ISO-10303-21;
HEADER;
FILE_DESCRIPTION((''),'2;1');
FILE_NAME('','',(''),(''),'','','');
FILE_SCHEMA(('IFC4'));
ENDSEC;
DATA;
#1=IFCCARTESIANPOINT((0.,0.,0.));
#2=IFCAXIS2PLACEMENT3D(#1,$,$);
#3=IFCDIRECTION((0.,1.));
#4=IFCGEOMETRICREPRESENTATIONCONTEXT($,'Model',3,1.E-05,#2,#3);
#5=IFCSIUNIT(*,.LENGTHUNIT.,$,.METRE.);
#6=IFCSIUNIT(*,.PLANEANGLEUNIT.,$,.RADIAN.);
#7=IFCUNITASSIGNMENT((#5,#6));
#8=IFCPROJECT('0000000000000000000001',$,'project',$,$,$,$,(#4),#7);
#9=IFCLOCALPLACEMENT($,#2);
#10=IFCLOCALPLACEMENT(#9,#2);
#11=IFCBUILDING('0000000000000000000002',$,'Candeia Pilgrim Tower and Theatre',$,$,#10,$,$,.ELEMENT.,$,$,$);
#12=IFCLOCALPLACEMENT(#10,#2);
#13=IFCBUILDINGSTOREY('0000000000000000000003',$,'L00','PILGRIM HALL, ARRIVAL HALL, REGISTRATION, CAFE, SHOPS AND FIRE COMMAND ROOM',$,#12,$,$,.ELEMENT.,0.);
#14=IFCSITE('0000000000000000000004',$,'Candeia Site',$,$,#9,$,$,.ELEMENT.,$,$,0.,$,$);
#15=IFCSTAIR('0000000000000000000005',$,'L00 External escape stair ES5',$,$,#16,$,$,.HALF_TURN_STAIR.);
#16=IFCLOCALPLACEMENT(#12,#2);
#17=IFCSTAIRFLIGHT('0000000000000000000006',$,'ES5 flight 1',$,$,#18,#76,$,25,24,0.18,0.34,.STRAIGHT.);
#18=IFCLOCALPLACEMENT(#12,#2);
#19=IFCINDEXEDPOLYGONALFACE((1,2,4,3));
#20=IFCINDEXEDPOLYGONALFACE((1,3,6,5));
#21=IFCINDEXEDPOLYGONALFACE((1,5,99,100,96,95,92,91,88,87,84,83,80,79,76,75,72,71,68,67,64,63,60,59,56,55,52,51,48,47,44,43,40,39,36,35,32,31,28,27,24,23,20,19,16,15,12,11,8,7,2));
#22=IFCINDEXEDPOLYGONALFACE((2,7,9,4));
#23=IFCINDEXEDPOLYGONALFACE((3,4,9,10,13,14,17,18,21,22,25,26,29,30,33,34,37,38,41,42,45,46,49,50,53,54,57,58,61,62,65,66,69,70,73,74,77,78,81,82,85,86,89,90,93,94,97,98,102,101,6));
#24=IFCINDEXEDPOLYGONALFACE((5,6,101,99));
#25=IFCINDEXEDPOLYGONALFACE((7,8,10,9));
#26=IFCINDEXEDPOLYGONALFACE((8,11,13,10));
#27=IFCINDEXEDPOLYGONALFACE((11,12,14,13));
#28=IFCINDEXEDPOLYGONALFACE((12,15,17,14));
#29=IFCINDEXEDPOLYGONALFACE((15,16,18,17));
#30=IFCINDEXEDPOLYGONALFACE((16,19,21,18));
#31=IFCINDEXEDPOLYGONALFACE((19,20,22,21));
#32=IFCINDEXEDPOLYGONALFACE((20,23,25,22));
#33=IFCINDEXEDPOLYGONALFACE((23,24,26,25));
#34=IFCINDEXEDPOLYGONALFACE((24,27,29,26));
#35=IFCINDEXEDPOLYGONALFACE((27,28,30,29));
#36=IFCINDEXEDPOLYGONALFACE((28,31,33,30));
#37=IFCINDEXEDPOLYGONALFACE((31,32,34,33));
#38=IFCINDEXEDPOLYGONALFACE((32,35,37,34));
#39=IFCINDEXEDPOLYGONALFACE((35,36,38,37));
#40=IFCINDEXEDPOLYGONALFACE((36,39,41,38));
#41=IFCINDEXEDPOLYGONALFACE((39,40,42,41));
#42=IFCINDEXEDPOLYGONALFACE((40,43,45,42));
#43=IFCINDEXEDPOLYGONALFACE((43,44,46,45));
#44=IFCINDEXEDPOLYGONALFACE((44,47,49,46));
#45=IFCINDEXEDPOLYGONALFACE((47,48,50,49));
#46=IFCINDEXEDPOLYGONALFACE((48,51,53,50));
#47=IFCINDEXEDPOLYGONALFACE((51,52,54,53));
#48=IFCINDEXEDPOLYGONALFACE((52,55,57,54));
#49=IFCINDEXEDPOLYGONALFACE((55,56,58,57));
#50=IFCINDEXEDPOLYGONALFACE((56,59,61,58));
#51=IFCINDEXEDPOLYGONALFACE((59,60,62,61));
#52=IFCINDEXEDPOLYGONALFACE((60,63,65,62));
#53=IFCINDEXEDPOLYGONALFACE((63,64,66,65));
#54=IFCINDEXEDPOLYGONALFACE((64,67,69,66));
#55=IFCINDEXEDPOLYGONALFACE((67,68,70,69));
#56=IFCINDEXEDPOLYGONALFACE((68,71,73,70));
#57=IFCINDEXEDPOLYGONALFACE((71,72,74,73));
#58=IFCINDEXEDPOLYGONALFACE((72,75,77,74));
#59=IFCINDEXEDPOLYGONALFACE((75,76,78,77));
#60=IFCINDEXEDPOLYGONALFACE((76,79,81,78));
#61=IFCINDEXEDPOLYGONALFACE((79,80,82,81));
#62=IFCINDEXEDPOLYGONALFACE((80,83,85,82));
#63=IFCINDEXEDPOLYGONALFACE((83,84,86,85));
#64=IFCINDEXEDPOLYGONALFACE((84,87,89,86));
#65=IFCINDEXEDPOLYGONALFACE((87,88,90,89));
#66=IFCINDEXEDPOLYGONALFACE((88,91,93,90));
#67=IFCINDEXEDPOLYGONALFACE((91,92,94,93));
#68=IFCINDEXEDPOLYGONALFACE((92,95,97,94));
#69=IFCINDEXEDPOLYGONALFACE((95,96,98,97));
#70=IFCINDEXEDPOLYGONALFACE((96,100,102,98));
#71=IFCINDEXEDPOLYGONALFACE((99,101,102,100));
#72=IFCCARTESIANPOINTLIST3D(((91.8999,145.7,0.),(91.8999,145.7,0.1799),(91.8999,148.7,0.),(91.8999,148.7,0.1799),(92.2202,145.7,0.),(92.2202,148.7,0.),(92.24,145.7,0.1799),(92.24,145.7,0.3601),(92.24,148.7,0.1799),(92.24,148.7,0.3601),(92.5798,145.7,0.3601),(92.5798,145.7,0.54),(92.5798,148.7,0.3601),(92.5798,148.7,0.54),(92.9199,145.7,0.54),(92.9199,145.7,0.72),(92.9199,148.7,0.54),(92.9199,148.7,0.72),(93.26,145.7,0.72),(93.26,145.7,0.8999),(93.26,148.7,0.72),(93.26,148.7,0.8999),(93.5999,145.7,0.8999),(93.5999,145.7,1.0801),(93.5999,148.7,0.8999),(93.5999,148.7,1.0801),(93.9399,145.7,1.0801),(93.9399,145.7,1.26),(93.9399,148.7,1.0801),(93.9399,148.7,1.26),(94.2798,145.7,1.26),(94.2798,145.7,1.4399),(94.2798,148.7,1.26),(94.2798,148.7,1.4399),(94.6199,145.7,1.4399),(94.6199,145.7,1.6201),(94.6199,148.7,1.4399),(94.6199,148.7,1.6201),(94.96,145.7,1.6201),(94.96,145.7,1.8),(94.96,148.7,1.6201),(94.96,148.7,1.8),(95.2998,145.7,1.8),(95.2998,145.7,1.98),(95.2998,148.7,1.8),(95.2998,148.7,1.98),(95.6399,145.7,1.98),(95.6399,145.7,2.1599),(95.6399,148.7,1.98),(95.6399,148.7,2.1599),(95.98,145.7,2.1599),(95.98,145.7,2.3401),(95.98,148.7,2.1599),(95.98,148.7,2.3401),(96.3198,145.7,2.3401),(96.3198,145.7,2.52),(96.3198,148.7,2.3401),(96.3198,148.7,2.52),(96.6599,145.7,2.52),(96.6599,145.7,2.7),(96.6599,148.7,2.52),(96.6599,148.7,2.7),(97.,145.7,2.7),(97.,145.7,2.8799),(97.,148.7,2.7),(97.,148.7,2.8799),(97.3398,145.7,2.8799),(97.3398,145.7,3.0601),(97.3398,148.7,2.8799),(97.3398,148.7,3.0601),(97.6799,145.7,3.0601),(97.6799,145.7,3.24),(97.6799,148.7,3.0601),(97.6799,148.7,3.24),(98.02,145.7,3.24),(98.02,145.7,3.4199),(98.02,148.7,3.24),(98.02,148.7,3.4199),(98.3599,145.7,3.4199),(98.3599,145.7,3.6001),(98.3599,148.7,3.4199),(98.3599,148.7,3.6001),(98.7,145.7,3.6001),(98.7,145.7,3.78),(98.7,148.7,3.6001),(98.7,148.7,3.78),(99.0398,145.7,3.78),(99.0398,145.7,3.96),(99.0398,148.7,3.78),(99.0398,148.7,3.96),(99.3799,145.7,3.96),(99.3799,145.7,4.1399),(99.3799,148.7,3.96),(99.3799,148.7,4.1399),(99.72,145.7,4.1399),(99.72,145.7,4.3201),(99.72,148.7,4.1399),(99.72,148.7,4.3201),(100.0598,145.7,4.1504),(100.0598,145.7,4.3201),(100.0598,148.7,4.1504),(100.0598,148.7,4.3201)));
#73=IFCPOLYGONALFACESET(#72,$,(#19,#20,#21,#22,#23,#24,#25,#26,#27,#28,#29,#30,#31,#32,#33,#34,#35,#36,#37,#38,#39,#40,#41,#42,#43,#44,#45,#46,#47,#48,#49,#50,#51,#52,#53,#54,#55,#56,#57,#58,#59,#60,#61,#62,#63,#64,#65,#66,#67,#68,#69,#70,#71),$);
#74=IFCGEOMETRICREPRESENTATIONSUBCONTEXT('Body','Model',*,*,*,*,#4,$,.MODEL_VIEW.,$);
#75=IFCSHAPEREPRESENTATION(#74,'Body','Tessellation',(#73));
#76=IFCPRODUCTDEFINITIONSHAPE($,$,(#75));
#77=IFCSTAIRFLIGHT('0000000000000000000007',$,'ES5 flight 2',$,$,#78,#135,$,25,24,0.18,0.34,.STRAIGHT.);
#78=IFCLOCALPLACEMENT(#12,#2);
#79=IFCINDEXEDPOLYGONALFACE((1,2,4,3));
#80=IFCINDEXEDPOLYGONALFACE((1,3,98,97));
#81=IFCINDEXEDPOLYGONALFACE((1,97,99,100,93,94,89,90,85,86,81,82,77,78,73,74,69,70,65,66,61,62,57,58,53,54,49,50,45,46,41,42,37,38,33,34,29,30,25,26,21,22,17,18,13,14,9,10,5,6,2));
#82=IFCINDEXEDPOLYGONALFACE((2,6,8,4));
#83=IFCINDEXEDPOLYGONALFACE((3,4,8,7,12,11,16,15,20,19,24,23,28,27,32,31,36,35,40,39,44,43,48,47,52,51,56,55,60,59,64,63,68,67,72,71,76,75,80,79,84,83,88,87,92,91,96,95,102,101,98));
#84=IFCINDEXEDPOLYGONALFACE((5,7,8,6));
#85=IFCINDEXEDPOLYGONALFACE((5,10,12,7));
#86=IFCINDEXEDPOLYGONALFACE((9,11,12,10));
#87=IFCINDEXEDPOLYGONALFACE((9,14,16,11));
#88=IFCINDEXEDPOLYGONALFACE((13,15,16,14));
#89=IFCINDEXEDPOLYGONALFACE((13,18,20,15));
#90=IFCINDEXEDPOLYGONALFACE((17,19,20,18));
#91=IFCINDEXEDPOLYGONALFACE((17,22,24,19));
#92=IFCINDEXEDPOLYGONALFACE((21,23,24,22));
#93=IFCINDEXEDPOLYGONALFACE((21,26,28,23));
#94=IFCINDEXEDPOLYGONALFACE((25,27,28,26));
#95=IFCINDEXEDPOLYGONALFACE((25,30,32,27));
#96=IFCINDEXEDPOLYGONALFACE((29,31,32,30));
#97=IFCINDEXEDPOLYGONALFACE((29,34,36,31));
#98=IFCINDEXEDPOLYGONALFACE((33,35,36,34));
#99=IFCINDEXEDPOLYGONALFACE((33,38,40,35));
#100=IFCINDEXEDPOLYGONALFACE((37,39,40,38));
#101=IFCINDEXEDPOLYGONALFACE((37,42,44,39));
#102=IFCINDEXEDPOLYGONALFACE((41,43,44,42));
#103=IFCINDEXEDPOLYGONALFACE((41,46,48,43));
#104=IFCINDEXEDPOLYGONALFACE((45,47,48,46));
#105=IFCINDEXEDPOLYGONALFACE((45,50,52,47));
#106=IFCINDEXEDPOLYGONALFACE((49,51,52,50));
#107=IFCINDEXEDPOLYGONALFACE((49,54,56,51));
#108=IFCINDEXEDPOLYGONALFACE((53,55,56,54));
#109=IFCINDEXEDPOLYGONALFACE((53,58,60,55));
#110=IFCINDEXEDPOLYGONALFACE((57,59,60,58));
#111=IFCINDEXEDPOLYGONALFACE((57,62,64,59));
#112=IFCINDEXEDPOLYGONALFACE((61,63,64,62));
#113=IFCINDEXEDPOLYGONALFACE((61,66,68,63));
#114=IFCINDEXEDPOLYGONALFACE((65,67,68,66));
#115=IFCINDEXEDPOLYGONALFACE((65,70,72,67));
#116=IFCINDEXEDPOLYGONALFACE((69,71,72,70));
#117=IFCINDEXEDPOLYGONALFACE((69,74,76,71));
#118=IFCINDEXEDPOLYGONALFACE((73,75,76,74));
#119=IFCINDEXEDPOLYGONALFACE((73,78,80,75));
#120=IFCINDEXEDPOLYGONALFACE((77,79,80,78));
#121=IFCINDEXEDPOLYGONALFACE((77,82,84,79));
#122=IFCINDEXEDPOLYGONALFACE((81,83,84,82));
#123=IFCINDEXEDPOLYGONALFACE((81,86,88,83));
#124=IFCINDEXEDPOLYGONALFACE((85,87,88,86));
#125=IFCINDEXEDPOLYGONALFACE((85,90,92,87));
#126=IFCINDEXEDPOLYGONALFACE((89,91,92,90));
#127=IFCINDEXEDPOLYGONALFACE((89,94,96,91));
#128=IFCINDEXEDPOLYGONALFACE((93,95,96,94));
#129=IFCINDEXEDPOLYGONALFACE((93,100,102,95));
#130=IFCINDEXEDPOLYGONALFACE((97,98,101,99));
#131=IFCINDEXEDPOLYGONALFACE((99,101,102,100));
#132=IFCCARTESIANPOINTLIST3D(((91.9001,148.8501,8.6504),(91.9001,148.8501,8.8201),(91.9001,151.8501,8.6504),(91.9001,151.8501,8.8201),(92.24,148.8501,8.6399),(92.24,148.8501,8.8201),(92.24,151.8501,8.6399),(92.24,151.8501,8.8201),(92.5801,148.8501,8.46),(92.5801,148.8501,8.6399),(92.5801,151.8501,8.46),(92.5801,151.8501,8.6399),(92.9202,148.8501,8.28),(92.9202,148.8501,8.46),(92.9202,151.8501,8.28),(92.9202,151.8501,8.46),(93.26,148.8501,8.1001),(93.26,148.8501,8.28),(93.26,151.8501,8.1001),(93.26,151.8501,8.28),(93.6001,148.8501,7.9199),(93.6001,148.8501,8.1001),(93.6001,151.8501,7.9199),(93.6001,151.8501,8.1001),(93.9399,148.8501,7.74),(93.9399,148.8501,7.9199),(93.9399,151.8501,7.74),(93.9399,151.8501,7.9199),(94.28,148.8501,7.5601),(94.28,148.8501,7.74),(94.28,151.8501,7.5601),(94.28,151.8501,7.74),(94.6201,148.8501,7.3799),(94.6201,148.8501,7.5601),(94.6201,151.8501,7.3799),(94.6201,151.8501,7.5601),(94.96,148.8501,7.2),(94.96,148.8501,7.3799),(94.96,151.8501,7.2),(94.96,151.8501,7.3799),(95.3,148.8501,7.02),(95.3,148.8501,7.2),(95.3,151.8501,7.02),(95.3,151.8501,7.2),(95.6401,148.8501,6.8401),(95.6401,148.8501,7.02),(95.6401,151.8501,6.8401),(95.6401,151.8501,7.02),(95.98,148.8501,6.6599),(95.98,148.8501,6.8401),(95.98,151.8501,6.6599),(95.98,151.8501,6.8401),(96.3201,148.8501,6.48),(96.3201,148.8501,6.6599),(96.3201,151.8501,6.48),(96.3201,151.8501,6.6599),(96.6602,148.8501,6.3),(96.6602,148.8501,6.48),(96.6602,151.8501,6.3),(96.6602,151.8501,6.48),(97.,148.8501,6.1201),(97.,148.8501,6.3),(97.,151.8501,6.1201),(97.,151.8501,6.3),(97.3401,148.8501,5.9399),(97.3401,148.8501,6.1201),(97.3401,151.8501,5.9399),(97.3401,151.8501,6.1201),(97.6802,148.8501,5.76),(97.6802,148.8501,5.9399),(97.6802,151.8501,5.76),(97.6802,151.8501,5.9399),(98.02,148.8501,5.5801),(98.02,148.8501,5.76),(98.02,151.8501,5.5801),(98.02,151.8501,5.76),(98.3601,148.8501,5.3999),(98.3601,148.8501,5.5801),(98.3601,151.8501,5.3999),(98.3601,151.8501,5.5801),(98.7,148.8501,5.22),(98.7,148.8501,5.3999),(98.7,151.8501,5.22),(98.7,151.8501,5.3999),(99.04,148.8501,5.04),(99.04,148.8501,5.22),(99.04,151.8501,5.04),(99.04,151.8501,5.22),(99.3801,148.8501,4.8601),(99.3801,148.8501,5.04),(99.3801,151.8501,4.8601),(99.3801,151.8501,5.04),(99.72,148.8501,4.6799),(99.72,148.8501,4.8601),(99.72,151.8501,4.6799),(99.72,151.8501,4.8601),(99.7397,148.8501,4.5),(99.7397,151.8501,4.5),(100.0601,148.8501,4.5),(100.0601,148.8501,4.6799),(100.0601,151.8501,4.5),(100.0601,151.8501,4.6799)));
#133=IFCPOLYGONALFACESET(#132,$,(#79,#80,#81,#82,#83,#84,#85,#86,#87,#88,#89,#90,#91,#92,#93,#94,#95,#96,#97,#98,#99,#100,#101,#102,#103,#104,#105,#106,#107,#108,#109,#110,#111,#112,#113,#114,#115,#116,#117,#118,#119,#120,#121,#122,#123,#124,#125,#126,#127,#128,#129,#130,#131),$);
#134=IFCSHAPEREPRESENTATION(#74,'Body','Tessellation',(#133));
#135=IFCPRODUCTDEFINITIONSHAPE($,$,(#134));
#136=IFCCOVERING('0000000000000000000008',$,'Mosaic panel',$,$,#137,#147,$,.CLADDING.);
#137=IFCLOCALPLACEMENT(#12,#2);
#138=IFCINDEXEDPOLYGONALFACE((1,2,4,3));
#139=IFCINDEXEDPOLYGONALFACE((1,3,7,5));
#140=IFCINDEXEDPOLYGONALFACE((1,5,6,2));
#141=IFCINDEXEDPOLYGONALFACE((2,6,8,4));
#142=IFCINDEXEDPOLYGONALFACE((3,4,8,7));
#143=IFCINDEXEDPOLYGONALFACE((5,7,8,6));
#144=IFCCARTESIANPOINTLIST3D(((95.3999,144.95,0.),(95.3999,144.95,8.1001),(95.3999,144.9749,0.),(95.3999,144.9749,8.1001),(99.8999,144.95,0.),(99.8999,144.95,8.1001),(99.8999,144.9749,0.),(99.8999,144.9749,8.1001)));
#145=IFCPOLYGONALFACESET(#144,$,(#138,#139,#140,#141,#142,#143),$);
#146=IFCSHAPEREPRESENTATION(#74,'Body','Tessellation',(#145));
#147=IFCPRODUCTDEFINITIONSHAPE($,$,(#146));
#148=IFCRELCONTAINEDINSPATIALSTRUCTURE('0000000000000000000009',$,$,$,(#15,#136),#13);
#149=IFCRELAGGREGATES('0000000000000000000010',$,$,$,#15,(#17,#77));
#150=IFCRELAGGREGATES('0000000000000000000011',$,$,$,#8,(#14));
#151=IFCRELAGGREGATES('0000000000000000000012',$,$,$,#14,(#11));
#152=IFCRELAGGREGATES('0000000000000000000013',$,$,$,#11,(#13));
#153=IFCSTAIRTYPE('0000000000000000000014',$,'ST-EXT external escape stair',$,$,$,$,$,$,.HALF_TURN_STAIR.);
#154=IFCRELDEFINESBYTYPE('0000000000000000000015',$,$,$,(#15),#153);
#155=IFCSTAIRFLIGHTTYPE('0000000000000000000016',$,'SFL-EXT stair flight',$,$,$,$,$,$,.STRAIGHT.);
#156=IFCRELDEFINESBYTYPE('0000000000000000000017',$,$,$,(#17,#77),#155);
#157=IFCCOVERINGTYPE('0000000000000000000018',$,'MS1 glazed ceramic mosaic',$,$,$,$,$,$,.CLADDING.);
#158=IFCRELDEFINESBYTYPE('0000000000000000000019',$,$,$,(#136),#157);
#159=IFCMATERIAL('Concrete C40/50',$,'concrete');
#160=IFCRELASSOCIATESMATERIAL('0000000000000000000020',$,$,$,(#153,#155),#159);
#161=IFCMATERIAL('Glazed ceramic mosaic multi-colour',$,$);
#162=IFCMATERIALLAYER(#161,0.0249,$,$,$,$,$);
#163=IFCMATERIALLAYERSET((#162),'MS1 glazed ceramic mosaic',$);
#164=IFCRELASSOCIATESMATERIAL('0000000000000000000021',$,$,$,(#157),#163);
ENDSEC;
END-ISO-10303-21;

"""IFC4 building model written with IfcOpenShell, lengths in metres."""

from ifc_helpers import new_model, si_unit, direction, frame, origin, origin_2d, place, context, subcontext, project, spatial, polyline, rectangle, outline, extrude, material, layer, layer_set, type_object, element, aggregate, save


model = new_model("IFC4")

# Units and contexts
model_context = context("Model", 3, precision=1e-05, world=origin(), true_north=direction((0.0, 1.0)))
body_context = subcontext(model_context, "Body", "Model", "MODEL_VIEW")
ifc_project = project(units=[si_unit("LENGTHUNIT", "METRE"), si_unit("PLANEANGLEUNIT", "RADIAN")], contexts=[model_context])

# Site, building, storey
site_placement = place(None, origin())
site = spatial("IfcSite", under=ifc_project, at=site_placement, Name="Candeia Site", CompositionType="ELEMENT", RefElevation=0.0)
building_placement = place(site_placement, origin())
building = spatial("IfcBuilding", under=site, at=building_placement, Name="Candeia Pilgrim Tower and Theatre", CompositionType="ELEMENT")
storey_placement = place(building_placement, origin())
storey = spatial("IfcBuildingStorey", under=building, at=storey_placement, Name="L00", Description="PILGRIM HALL, ARRIVAL HALL, REGISTRATION, CAFE, SHOPS AND FIRE COMMAND ROOM", CompositionType="ELEMENT", Elevation=0.0)

# Shared definitions
ifc_material_1 = material(Name="Concrete C40/50", Category="concrete")

# Stair, stair flights
stair_type = type_object("IfcStairType", Name="ST-EXT external escape stair", PredefinedType="HALF_TURN_STAIR", material=ifc_material_1)
stair_placement = place(storey_placement, origin())
stair = element("IfcStair", 1, at=stair_placement, inside=storey, type_object=stair_type, Name="L00 External escape stair ES5", PredefinedType="HALF_TURN_STAIR")
stair_flight_type = type_object("IfcStairFlightType", Name="SFL-EXT stair flight", PredefinedType="STRAIGHT", material=ifc_material_1)
stair_flight_1_placement = place(storey_placement, frame((91.8999, 147.2, 0.0), z_axis=(0.0, 0.0, 1.0), x_axis=(1.0, 0.0, 0.0)))
stair_flight_1 = element("IfcStairFlight", 2, at=stair_flight_1_placement, type_object=stair_flight_type, Name="ES5 flight 1", NumberOfRisers=25, NumberOfTreads=24, PredefinedType="STRAIGHT", RiserHeight=0.18, TreadLength=0.34, context=body_context, shape_type="SweptSolid", body=[
    extrude(outline(polyline([(0.0, 0.0), (0.0, 0.1799), (0.3401, 0.1799), (0.3401, 0.3601), (0.6799, 0.3601), (0.6799, 0.54), (1.02, 0.54), (1.02, 0.72), (1.3601, 0.72), (1.3601, 0.8999), (1.7, 0.8999), (1.7, 1.0801), (2.04, 1.0801), (2.04, 1.26), (2.3799, 1.26), (2.3799, 1.4399), (2.72, 1.4399), (2.72, 1.6201), (3.0601, 1.6201), (3.0601, 1.8), (3.3999, 1.8), (3.3999, 1.98), (3.74, 1.98), (3.74, 2.1599), (4.0801, 2.1599), (4.0801, 2.3401), (4.4199, 2.3401), (4.4199, 2.52), (4.76, 2.52), (4.76, 2.7), (5.1001, 2.7), (5.1001, 2.8799), (5.4399, 2.8799), (5.4399, 3.0601), (5.78, 3.0601), (5.78, 3.24), (6.1201, 3.24), (6.1201, 3.4199), (6.46, 3.4199), (6.46, 3.6001), (6.8, 3.6001), (6.8, 3.78), (7.1399, 3.78), (7.1399, 3.96), (7.48, 3.96), (7.48, 4.1399), (7.8201, 4.1399), (7.8201, 4.3201), (8.1599, 4.3201), (8.1599, 4.5), (8.1599, 4.1504), (0.3203, 0.0), (0.0, 0.0)])), frame((0.0, 1.5, 0.0), z_axis=(0.0, -1.0, 0.0), x_axis=(1.0, 0.0, 0.0)), (0.0, 0.0, 1.0), 3.0),
])
stair_flight_2_placement = place(storey_placement, frame((100.0601, 150.3501, 4.5), z_axis=(0.0, 0.0, 1.0), x_axis=(-1.0, 0.0, 0.0)))
stair_flight_2 = element("IfcStairFlight", 3, at=stair_flight_2_placement, type_object=stair_flight_type, Name="ES5 flight 2", NumberOfRisers=25, NumberOfTreads=24, PredefinedType="STRAIGHT", RiserHeight=0.18, TreadLength=0.34, context=body_context, shape_type="SweptSolid", body=[
    extrude(outline(polyline([(0.0, 0.0), (0.0, 0.1799), (0.3401, 0.1799), (0.3401, 0.3601), (0.6799, 0.3601), (0.6799, 0.54), (1.02, 0.54), (1.02, 0.72), (1.3601, 0.72), (1.3601, 0.8999), (1.7, 0.8999), (1.7, 1.0801), (2.04, 1.0801), (2.04, 1.26), (2.3799, 1.26), (2.3799, 1.4399), (2.72, 1.4399), (2.72, 1.6201), (3.0601, 1.6201), (3.0601, 1.8), (3.3999, 1.8), (3.3999, 1.98), (3.74, 1.98), (3.74, 2.1599), (4.0801, 2.1599), (4.0801, 2.3401), (4.4199, 2.3401), (4.4199, 2.52), (4.76, 2.52), (4.76, 2.7), (5.1001, 2.7), (5.1001, 2.8799), (5.4399, 2.8799), (5.4399, 3.0601), (5.78, 3.0601), (5.78, 3.24), (6.1201, 3.24), (6.1201, 3.4199), (6.46, 3.4199), (6.46, 3.6001), (6.8, 3.6001), (6.8, 3.78), (7.1399, 3.78), (7.1399, 3.96), (7.48, 3.96), (7.48, 4.1399), (7.8201, 4.1399), (7.8201, 4.3201), (8.1599, 4.3201), (8.1599, 4.5), (8.1599, 4.1504), (0.3203, 0.0), (0.0, 0.0)])), frame((0.0, 1.5, 0.0), z_axis=(0.0, -1.0, 0.0), x_axis=(1.0, 0.0, 0.0)), (0.0, 0.0, 1.0), 3.0),
])
aggregate(stair, [stair_flight_1, stair_flight_2])

# Covering
ifc_material_2 = material(Name="Glazed ceramic mosaic multi-colour")
ifc_layer_1 = layer(ifc_material_2, 0.0249)
ifc_layer_set_1 = layer_set([ifc_layer_1], Name="MS1 glazed ceramic mosaic")
covering_type = type_object("IfcCoveringType", Name="MS1 glazed ceramic mosaic", PredefinedType="CLADDING", material=ifc_layer_set_1)
covering_placement = place(storey_placement, frame((97.6499, 144.9624, 0.0), z_axis=(0.0, 0.0, 1.0), x_axis=(1.0, 0.0, 0.0)))
element("IfcCovering", 4, at=covering_placement, inside=storey, type_object=covering_type, Name="Mosaic panel", PredefinedType="CLADDING", context=body_context, shape_type="SweptSolid", body=[
    extrude(rectangle(XDim=4.5, YDim=0.0249, at=origin_2d()), origin(), (0.0, 0.0, 1.0), 8.1001),
])

save(model, "model.ifc")
